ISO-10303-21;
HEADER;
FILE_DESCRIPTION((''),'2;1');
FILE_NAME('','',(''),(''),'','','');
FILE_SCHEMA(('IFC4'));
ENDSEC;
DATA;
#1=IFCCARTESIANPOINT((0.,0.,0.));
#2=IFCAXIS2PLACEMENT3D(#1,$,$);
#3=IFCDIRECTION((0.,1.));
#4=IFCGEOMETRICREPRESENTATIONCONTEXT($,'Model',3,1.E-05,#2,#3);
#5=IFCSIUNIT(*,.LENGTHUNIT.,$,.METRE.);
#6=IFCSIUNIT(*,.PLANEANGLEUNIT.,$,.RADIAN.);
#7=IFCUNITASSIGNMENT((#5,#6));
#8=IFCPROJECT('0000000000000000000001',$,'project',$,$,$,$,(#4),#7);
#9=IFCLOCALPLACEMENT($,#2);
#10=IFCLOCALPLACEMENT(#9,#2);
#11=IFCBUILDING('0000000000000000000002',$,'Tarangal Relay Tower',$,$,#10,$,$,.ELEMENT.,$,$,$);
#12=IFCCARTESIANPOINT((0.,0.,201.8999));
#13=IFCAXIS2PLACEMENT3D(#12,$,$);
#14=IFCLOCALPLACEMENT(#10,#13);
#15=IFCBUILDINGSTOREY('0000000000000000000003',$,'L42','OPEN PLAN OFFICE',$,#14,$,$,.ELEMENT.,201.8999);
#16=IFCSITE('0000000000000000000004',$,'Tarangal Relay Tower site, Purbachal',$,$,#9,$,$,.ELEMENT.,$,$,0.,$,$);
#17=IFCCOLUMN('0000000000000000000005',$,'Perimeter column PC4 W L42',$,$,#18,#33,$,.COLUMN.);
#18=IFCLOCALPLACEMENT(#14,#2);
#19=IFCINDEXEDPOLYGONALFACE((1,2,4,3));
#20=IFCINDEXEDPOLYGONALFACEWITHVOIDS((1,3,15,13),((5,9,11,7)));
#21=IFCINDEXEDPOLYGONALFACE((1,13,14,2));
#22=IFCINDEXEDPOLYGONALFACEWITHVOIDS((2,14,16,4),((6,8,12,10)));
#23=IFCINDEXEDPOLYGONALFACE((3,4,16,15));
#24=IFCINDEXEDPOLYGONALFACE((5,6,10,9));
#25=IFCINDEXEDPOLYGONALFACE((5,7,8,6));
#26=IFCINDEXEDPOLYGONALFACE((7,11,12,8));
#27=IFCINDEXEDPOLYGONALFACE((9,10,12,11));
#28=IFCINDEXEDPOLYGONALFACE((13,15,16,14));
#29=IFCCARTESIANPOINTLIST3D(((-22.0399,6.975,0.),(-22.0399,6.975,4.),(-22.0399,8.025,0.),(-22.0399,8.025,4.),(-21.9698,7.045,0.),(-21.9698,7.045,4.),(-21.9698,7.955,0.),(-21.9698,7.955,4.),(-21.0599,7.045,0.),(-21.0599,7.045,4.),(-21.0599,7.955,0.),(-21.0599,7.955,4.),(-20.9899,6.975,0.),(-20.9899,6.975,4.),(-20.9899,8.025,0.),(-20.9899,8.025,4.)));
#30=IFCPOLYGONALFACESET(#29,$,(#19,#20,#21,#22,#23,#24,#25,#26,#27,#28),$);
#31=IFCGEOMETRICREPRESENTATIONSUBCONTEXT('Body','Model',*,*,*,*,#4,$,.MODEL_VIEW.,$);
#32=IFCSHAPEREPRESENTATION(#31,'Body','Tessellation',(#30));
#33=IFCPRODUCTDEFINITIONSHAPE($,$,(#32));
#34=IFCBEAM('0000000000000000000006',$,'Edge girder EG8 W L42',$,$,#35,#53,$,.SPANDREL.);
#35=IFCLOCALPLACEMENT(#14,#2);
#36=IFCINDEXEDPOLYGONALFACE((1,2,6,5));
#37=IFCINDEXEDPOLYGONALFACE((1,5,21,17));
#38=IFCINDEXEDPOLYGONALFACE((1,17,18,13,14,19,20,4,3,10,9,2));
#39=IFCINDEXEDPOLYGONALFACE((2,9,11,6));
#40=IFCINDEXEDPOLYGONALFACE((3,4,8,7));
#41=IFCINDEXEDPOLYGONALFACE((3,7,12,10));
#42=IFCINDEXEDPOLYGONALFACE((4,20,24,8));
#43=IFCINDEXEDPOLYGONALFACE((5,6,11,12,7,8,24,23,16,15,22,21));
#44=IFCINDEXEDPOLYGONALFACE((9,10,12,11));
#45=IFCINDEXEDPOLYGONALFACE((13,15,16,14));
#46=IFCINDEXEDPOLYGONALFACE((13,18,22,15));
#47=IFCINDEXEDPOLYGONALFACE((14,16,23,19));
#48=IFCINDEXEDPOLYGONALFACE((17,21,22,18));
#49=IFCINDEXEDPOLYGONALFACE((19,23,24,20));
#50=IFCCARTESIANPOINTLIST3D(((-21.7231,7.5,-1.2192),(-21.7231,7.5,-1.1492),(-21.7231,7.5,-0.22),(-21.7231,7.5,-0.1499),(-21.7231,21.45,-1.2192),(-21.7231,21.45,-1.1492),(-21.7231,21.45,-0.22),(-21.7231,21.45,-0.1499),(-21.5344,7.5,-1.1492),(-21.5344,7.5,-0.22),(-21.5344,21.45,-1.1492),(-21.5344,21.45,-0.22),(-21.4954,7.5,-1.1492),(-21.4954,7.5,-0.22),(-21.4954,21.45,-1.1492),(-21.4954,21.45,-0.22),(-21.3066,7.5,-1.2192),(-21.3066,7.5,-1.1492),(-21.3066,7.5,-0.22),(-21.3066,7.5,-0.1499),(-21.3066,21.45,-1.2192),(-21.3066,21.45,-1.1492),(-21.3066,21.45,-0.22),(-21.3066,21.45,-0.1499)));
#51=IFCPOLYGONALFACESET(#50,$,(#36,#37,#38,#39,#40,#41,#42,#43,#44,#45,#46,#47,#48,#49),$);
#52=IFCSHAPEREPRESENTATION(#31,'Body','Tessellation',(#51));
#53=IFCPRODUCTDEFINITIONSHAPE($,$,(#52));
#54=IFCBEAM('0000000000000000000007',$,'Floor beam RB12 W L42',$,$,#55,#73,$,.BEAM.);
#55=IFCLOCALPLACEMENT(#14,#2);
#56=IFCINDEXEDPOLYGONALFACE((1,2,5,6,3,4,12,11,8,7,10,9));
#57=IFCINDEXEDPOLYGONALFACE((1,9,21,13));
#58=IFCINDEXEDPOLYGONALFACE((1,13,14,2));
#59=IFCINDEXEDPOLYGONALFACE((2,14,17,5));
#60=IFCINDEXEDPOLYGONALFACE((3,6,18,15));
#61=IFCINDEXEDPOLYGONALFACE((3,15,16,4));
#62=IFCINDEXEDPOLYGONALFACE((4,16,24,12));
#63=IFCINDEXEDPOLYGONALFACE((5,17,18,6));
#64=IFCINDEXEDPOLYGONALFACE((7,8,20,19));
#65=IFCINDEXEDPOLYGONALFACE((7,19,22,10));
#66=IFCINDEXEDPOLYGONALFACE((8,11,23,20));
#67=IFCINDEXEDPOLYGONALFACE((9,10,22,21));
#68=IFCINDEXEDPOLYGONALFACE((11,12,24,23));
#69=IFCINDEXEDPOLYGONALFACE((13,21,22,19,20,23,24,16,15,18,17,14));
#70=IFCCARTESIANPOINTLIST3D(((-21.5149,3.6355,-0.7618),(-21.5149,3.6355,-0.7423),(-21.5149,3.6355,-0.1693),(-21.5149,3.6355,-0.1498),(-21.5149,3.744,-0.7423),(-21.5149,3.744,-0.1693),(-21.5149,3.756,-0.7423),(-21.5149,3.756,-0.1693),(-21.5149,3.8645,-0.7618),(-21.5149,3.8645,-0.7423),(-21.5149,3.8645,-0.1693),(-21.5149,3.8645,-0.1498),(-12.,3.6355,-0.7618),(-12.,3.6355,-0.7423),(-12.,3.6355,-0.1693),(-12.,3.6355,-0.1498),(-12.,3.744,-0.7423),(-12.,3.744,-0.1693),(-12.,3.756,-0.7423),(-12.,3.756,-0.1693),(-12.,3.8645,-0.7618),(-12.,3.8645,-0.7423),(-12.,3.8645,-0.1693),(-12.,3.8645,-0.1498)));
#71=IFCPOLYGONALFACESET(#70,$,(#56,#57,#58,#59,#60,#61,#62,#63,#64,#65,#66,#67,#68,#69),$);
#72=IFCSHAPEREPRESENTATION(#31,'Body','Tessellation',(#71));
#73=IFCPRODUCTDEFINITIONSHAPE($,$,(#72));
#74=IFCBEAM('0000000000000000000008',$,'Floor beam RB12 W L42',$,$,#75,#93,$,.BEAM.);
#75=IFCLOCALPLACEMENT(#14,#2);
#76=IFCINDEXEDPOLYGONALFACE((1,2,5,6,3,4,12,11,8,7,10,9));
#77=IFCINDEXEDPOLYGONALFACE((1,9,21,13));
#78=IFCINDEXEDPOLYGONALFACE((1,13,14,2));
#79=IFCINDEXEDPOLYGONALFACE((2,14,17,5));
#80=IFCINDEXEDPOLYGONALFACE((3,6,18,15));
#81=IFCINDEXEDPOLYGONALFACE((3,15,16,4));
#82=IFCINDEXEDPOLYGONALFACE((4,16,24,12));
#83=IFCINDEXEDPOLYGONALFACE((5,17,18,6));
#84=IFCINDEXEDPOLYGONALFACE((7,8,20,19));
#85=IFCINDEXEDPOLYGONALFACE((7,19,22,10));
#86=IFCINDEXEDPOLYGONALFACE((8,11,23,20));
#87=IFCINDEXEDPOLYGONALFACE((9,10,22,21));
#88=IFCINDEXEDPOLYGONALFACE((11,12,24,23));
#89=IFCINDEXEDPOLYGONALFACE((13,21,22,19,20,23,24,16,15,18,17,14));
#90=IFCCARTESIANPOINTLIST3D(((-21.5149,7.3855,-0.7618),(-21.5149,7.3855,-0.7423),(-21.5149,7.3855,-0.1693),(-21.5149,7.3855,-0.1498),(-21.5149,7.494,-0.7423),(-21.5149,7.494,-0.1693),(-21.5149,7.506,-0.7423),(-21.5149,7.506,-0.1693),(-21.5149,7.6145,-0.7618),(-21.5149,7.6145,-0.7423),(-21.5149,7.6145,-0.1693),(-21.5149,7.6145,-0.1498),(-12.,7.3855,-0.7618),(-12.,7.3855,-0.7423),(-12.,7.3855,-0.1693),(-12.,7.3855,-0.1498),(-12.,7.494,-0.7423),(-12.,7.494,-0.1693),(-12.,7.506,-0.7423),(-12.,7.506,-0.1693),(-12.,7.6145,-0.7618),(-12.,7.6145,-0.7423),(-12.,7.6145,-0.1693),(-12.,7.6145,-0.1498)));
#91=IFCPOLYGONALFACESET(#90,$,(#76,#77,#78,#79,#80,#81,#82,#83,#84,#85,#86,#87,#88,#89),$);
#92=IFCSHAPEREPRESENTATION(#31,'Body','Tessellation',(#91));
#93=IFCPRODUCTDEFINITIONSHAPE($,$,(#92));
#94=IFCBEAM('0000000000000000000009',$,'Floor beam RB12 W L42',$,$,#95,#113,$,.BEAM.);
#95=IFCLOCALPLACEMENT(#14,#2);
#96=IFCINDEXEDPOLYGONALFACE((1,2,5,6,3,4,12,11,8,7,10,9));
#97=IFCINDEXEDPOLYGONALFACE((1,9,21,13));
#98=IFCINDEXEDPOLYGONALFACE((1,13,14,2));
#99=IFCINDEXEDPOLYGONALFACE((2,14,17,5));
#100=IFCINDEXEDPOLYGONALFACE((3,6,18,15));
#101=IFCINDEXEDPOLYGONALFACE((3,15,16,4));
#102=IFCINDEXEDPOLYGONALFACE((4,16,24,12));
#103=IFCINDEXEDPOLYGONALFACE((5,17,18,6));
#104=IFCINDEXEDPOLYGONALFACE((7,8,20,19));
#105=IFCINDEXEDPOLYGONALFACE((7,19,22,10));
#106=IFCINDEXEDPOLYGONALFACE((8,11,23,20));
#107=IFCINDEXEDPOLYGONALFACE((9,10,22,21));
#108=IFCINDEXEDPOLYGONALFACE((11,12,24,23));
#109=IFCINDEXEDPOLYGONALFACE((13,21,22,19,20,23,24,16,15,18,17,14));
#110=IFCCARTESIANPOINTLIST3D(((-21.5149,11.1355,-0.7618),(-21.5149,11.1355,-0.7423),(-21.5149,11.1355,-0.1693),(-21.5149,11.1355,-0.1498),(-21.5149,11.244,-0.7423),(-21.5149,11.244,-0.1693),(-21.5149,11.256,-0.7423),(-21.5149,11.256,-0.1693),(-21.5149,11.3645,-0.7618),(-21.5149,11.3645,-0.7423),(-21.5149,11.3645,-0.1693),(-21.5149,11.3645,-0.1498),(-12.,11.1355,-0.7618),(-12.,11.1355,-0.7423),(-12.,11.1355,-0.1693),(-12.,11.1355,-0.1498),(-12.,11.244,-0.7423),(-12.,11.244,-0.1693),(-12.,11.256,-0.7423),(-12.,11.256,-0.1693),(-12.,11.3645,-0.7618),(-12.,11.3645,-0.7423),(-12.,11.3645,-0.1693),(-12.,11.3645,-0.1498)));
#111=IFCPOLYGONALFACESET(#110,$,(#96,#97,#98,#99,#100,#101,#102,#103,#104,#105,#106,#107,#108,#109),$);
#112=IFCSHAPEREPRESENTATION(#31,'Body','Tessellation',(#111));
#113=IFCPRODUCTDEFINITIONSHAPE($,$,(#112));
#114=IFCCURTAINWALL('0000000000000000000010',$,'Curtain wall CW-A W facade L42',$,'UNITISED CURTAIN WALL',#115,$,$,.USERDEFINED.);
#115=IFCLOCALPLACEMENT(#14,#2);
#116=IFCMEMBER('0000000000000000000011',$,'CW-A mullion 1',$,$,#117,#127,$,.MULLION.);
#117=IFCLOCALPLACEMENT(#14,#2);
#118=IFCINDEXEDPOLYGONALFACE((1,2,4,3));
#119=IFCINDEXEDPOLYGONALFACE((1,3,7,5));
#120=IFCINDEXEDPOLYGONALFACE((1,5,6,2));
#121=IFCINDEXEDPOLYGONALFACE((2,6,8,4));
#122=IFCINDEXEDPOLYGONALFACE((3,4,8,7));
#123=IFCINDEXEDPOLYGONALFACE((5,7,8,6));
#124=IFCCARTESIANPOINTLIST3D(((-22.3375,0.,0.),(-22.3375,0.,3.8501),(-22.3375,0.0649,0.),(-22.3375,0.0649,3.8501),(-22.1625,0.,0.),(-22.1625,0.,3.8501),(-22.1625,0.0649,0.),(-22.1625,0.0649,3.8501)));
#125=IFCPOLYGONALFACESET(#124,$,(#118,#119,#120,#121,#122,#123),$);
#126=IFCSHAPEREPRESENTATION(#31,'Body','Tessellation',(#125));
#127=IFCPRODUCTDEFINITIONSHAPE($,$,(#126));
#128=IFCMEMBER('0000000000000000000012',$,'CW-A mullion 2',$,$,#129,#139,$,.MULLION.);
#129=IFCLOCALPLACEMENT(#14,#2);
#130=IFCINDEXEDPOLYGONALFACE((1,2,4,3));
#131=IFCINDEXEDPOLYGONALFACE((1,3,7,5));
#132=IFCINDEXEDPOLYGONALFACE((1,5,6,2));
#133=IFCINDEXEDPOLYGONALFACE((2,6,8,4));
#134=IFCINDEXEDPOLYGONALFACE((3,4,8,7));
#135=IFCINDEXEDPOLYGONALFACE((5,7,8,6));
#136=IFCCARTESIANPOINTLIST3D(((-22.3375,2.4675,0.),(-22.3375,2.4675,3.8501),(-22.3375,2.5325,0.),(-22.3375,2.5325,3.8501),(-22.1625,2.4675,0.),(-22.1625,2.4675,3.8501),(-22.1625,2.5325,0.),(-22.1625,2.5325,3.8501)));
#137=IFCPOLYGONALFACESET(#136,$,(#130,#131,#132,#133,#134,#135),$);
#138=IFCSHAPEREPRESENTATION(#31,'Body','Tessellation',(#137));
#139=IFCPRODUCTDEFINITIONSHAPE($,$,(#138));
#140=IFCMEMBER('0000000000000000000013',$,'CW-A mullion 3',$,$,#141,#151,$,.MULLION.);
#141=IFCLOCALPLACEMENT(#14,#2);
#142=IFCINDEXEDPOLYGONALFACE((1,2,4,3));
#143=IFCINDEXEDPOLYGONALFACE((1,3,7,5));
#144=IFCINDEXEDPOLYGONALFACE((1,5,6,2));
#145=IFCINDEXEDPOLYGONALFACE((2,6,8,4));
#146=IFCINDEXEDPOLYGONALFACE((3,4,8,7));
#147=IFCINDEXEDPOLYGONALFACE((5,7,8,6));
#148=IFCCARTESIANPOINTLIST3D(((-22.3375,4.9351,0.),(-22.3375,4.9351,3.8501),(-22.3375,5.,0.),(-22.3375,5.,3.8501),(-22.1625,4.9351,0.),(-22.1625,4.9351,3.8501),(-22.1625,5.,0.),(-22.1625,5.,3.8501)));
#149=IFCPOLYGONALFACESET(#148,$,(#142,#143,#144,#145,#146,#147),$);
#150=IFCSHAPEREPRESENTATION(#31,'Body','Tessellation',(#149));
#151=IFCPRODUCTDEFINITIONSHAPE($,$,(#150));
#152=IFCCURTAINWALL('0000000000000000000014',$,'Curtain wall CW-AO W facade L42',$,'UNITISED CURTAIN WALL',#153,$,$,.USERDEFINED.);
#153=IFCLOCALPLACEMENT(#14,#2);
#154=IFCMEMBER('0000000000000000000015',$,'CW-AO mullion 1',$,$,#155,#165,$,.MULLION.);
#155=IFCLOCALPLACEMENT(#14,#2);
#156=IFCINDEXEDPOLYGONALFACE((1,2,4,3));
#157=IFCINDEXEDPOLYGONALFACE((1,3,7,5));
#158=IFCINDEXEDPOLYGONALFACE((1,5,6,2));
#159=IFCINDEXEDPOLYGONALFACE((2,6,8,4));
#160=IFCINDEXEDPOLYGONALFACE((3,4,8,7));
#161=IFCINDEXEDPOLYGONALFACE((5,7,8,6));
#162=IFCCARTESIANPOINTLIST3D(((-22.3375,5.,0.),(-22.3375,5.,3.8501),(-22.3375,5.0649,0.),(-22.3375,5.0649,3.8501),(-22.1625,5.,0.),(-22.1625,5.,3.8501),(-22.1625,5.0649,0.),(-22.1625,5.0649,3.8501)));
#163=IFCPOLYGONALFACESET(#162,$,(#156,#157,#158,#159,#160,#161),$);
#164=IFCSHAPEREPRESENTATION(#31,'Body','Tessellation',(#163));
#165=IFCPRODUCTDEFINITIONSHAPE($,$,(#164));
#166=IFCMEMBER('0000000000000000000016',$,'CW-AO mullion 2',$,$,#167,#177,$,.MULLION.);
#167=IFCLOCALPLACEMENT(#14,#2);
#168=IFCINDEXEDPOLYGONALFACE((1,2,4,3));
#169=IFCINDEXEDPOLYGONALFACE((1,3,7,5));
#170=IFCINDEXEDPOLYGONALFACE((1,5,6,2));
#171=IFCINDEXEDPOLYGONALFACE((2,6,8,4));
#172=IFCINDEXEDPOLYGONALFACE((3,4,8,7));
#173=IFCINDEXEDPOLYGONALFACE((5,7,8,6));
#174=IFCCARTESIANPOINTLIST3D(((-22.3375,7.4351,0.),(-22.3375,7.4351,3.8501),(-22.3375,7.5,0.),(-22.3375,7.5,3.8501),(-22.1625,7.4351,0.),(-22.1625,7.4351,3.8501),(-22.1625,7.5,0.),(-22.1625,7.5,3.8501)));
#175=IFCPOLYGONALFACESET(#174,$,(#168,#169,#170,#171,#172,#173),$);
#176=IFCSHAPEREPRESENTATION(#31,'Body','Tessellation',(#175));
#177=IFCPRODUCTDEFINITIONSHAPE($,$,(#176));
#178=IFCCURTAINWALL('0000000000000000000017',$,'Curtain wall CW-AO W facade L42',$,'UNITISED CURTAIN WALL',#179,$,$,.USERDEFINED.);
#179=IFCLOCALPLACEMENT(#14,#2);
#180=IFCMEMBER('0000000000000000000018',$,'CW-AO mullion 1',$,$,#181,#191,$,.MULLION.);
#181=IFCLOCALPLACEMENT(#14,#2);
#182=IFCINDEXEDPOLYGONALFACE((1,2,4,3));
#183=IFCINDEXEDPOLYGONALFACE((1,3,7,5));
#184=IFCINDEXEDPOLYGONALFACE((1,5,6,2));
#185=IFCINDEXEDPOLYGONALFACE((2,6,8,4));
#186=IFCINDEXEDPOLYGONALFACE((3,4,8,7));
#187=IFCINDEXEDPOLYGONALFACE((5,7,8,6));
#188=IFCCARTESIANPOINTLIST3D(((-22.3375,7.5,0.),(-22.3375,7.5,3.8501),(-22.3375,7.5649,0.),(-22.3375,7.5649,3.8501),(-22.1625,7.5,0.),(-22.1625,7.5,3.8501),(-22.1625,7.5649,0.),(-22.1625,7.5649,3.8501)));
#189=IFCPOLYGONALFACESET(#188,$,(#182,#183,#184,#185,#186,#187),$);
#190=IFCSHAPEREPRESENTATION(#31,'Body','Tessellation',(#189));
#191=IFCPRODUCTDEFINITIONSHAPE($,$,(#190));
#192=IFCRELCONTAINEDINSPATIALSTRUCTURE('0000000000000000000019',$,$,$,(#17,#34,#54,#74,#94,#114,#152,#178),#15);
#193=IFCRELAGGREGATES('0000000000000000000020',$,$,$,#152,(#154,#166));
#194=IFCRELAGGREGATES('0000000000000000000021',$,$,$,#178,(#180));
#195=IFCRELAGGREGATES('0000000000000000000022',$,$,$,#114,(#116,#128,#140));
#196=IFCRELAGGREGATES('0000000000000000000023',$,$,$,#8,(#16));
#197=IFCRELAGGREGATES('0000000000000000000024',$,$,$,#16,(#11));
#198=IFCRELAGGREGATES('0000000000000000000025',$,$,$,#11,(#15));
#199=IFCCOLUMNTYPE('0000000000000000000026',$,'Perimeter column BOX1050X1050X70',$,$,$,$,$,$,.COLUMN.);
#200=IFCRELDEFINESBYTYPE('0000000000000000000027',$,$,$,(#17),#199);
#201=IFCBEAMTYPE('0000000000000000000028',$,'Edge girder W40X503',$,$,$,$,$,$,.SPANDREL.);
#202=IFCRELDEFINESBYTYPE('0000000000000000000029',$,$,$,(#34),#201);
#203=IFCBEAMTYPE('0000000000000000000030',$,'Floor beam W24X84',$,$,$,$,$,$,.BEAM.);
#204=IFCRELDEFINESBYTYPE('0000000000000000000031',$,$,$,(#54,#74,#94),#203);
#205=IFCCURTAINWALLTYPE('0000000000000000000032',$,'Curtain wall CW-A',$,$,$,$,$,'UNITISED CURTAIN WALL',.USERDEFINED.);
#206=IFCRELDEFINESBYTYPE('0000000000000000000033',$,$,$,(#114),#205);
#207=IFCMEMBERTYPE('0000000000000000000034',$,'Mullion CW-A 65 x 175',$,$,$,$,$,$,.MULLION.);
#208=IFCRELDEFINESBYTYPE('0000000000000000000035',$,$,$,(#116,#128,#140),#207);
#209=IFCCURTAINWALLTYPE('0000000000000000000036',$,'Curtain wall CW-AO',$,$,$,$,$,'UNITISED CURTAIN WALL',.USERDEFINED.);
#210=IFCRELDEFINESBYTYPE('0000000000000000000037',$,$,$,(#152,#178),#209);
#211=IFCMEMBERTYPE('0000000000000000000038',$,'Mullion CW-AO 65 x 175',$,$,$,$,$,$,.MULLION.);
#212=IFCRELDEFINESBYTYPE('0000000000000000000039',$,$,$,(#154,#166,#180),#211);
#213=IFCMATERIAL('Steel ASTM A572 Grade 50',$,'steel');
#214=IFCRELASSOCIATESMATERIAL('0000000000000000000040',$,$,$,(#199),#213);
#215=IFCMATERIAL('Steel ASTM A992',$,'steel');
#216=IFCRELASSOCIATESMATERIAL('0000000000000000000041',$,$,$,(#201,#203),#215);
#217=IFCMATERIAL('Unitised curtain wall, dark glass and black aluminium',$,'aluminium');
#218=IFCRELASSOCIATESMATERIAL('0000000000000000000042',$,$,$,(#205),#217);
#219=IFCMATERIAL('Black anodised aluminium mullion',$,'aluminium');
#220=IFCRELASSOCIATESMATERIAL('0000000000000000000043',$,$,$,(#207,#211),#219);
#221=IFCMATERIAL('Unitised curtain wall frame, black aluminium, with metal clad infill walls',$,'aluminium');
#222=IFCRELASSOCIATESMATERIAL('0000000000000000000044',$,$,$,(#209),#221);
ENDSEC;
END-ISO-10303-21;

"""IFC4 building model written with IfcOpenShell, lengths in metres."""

from ifc_helpers import new_model, si_unit, direction, frame, origin, origin_2d, place, context, subcontext, project, spatial, rectangle, hollow_rectangle, i_section, extrude, material, material_profile, profile_set, type_object, element, aggregate, save


model = new_model("IFC4")

# Units and contexts
model_context = context("Model", 3, precision=1e-05, world=origin(), true_north=direction((0.0, 1.0)))
body_context = subcontext(model_context, "Body", "Model", "MODEL_VIEW")
ifc_project = project(units=[si_unit("LENGTHUNIT", "METRE"), si_unit("PLANEANGLEUNIT", "RADIAN")], contexts=[model_context])

# Site, building, storey
site_placement = place(None, origin())
site = spatial("IfcSite", under=ifc_project, at=site_placement, Name="Tarangal Relay Tower site, Purbachal", CompositionType="ELEMENT", RefElevation=0.0)
building_placement = place(site_placement, origin())
building = spatial("IfcBuilding", under=site, at=building_placement, Name="Tarangal Relay Tower", CompositionType="ELEMENT")
storey_placement = place(building_placement, frame((0.0, 0.0, 201.8999)))
storey = spatial("IfcBuildingStorey", under=building, at=storey_placement, Name="L42", Description="OPEN PLAN OFFICE", CompositionType="ELEMENT", Elevation=201.8999)

# Column
ifc_material_1 = material(Name="Steel ASTM A572 Grade 50", Category="steel")
ifc_material_profile_1 = material_profile(ifc_material_1, hollow_rectangle(XDim=1.05, YDim=1.05, WallThickness=0.0701, at=origin_2d()), Name="BOX1050X1050X70")
ifc_profile_set_1 = profile_set([ifc_material_profile_1], Name="Steel ASTM A572 Grade 50")
column_type = type_object("IfcColumnType", Name="Perimeter column BOX1050X1050X70", PredefinedType="COLUMN", material=ifc_profile_set_1)
column_placement = place(storey_placement, frame((-21.5149, 7.5, 0.0), z_axis=(0.0, 0.0, 1.0), x_axis=(1.0, 0.0, 0.0)))
element("IfcColumn", 1, at=column_placement, inside=storey, type_object=column_type, Name="Perimeter column PC4 W L42", PredefinedType="COLUMN", context=body_context, shape_type="SweptSolid", body=[
    extrude(hollow_rectangle(XDim=1.05, YDim=1.05, WallThickness=0.0701, at=origin_2d()), origin(), (0.0, 0.0, 1.0), 4.0),
])

# Beams
ifc_material_2 = material(Name="Steel ASTM A992", Category="steel")
ifc_material_profile_2 = material_profile(ifc_material_2, i_section(OverallWidth=0.4165, OverallDepth=1.0693, WebThickness=0.0391, FlangeThickness=0.0701, at=origin_2d()), Name="W40X503")
ifc_profile_set_2 = profile_set([ifc_material_profile_2], Name="Steel ASTM A992")
beam_type_1 = type_object("IfcBeamType", Name="Edge girder W40X503", PredefinedType="SPANDREL", material=ifc_profile_set_2)
beam_placement = place(storey_placement, frame((-21.5149, 7.5, -0.6846), z_axis=(0.0, 1.0, 0.0), x_axis=(-1.0, 0.0, 0.0)))
element("IfcBeam", 2, at=beam_placement, inside=storey, type_object=beam_type_1, Name="Edge girder EG8 W L42", PredefinedType="SPANDREL", context=body_context, shape_type="SweptSolid", body=[
    extrude(i_section(OverallWidth=0.4165, OverallDepth=1.0693, WebThickness=0.0391, FlangeThickness=0.0701, at=origin_2d()), origin(), (0.0, 0.0, 1.0), 13.95),
])
ifc_material_profile_3 = material_profile(ifc_material_2, i_section(OverallWidth=0.229, OverallDepth=0.6121, WebThickness=0.012, FlangeThickness=0.0195, at=origin_2d()), Name="W24X84")
ifc_profile_set_3 = profile_set([ifc_material_profile_3], Name="Steel ASTM A992")
beam_type_2 = type_object("IfcBeamType", Name="Floor beam W24X84", PredefinedType="BEAM", material=ifc_profile_set_3)
for number, where, z_axis, x_axis, name in (
    (3, (-12.0, 3.75, -0.4558), (-1.0, 0.0, 0.0), (0.0, -1.0, 0.0), "Floor beam RB12 W L42"),
    (4, (-12.0, 7.5, -0.4558), (-1.0, 0.0, 0.0), (0.0, -1.0, 0.0), "Floor beam RB12 W L42"),
    (5, (-12.0, 11.25, -0.4558), (-1.0, 0.0, 0.0), (0.0, -1.0, 0.0), "Floor beam RB12 W L42"),
):
    element("IfcBeam", number, at=place(storey_placement, frame(where, z_axis=z_axis, x_axis=x_axis)), inside=storey, type_object=beam_type_2, Name=name, PredefinedType="BEAM", context=body_context, shape_type="SweptSolid", body=[
        extrude(i_section(OverallWidth=0.229, OverallDepth=0.6121, WebThickness=0.012, FlangeThickness=0.0195, at=origin_2d()), origin(), (0.0, 0.0, 1.0), 9.5149),
    ])

# Curtain walls, members
ifc_material_3 = material(Name="Unitised curtain wall, dark glass and black aluminium", Category="aluminium")
curtain_wall_type_1 = type_object("IfcCurtainWallType", Name="Curtain wall CW-A", ElementType="UNITISED CURTAIN WALL", PredefinedType="USERDEFINED", material=ifc_material_3)
curtain_wall_1_placement = place(storey_placement, origin())
curtain_wall_1 = element("IfcCurtainWall", 6, at=curtain_wall_1_placement, inside=storey, type_object=curtain_wall_type_1, Name="Curtain wall CW-A W facade L42", ObjectType="UNITISED CURTAIN WALL", PredefinedType="USERDEFINED")
ifc_material_4 = material(Name="Black anodised aluminium mullion", Category="aluminium")
ifc_material_profile_4 = material_profile(ifc_material_4, rectangle(XDim=0.175, YDim=0.0649, at=origin_2d()), Name="CW-AM 65X175")
ifc_profile_set_4 = profile_set([ifc_material_profile_4], Name="Black anodised aluminium mullion")
member_type_1 = type_object("IfcMemberType", Name="Mullion CW-A 65 x 175", PredefinedType="MULLION", material=ifc_profile_set_4)
member_1_placement = place(storey_placement, frame((-22.25, 0.0325, 0.0), z_axis=(0.0, 0.0, 1.0), x_axis=(-1.0, 0.0, 0.0)))
member_1 = element("IfcMember", 7, at=member_1_placement, type_object=member_type_1, Name="CW-A mullion 1", PredefinedType="MULLION", context=body_context, shape_type="SweptSolid", body=[
    extrude(rectangle(XDim=0.175, YDim=0.0649, at=origin_2d()), origin(), (0.0, 0.0, 1.0), 3.8501),
])
member_2_placement = place(storey_placement, frame((-22.25, 2.5, 0.0), z_axis=(0.0, 0.0, 1.0), x_axis=(-1.0, 0.0, 0.0)))
member_2 = element("IfcMember", 8, at=member_2_placement, type_object=member_type_1, Name="CW-A mullion 2", PredefinedType="MULLION", context=body_context, shape_type="SweptSolid", body=[
    extrude(rectangle(XDim=0.175, YDim=0.0649, at=origin_2d()), origin(), (0.0, 0.0, 1.0), 3.8501),
])
member_3_placement = place(storey_placement, frame((-22.25, 4.9675, 0.0), z_axis=(0.0, 0.0, 1.0), x_axis=(-1.0, 0.0, 0.0)))
member_3 = element("IfcMember", 9, at=member_3_placement, type_object=member_type_1, Name="CW-A mullion 3", PredefinedType="MULLION", context=body_context, shape_type="SweptSolid", body=[
    extrude(rectangle(XDim=0.175, YDim=0.0649, at=origin_2d()), origin(), (0.0, 0.0, 1.0), 3.8501),
])
ifc_material_5 = material(Name="Unitised curtain wall frame, black aluminium, with metal clad infill walls", Category="aluminium")
curtain_wall_type_2 = type_object("IfcCurtainWallType", Name="Curtain wall CW-AO", ElementType="UNITISED CURTAIN WALL", PredefinedType="USERDEFINED", material=ifc_material_5)
curtain_wall_2_placement = place(storey_placement, origin())
curtain_wall_2 = element("IfcCurtainWall", 10, at=curtain_wall_2_placement, inside=storey, type_object=curtain_wall_type_2, Name="Curtain wall CW-AO W facade L42", ObjectType="UNITISED CURTAIN WALL", PredefinedType="USERDEFINED")
ifc_material_profile_5 = material_profile(ifc_material_4, rectangle(XDim=0.175, YDim=0.0649, at=origin_2d()), Name="CW-AOM 65X175")
ifc_profile_set_5 = profile_set([ifc_material_profile_5], Name="Black anodised aluminium mullion")
member_type_2 = type_object("IfcMemberType", Name="Mullion CW-AO 65 x 175", PredefinedType="MULLION", material=ifc_profile_set_5)
member_4_placement = place(storey_placement, frame((-22.25, 5.0325, 0.0), z_axis=(0.0, 0.0, 1.0), x_axis=(-1.0, 0.0, 0.0)))
member_4 = element("IfcMember", 11, at=member_4_placement, type_object=member_type_2, Name="CW-AO mullion 1", PredefinedType="MULLION", context=body_context, shape_type="SweptSolid", body=[
    extrude(rectangle(XDim=0.175, YDim=0.0649, at=origin_2d()), origin(), (0.0, 0.0, 1.0), 3.8501),
])
member_5_placement = place(storey_placement, frame((-22.25, 7.4675, 0.0), z_axis=(0.0, 0.0, 1.0), x_axis=(-1.0, 0.0, 0.0)))
member_5 = element("IfcMember", 12, at=member_5_placement, type_object=member_type_2, Name="CW-AO mullion 2", PredefinedType="MULLION", context=body_context, shape_type="SweptSolid", body=[
    extrude(rectangle(XDim=0.175, YDim=0.0649, at=origin_2d()), origin(), (0.0, 0.0, 1.0), 3.8501),
])
curtain_wall_3_placement = place(storey_placement, origin())
curtain_wall_3 = element("IfcCurtainWall", 13, at=curtain_wall_3_placement, inside=storey, type_object=curtain_wall_type_2, Name="Curtain wall CW-AO W facade L42", ObjectType="UNITISED CURTAIN WALL", PredefinedType="USERDEFINED")
member_6_placement = place(storey_placement, frame((-22.25, 7.5325, 0.0), z_axis=(0.0, 0.0, 1.0), x_axis=(-1.0, 0.0, 0.0)))
member_6 = element("IfcMember", 14, at=member_6_placement, type_object=member_type_2, Name="CW-AO mullion 1", PredefinedType="MULLION", context=body_context, shape_type="SweptSolid", body=[
    extrude(rectangle(XDim=0.175, YDim=0.0649, at=origin_2d()), origin(), (0.0, 0.0, 1.0), 3.8501),
])

aggregate(curtain_wall_2, [member_4, member_5])
aggregate(curtain_wall_3, [member_6])

aggregate(curtain_wall_1, [member_1, member_2, member_3])

save(model, "model.ifc")
